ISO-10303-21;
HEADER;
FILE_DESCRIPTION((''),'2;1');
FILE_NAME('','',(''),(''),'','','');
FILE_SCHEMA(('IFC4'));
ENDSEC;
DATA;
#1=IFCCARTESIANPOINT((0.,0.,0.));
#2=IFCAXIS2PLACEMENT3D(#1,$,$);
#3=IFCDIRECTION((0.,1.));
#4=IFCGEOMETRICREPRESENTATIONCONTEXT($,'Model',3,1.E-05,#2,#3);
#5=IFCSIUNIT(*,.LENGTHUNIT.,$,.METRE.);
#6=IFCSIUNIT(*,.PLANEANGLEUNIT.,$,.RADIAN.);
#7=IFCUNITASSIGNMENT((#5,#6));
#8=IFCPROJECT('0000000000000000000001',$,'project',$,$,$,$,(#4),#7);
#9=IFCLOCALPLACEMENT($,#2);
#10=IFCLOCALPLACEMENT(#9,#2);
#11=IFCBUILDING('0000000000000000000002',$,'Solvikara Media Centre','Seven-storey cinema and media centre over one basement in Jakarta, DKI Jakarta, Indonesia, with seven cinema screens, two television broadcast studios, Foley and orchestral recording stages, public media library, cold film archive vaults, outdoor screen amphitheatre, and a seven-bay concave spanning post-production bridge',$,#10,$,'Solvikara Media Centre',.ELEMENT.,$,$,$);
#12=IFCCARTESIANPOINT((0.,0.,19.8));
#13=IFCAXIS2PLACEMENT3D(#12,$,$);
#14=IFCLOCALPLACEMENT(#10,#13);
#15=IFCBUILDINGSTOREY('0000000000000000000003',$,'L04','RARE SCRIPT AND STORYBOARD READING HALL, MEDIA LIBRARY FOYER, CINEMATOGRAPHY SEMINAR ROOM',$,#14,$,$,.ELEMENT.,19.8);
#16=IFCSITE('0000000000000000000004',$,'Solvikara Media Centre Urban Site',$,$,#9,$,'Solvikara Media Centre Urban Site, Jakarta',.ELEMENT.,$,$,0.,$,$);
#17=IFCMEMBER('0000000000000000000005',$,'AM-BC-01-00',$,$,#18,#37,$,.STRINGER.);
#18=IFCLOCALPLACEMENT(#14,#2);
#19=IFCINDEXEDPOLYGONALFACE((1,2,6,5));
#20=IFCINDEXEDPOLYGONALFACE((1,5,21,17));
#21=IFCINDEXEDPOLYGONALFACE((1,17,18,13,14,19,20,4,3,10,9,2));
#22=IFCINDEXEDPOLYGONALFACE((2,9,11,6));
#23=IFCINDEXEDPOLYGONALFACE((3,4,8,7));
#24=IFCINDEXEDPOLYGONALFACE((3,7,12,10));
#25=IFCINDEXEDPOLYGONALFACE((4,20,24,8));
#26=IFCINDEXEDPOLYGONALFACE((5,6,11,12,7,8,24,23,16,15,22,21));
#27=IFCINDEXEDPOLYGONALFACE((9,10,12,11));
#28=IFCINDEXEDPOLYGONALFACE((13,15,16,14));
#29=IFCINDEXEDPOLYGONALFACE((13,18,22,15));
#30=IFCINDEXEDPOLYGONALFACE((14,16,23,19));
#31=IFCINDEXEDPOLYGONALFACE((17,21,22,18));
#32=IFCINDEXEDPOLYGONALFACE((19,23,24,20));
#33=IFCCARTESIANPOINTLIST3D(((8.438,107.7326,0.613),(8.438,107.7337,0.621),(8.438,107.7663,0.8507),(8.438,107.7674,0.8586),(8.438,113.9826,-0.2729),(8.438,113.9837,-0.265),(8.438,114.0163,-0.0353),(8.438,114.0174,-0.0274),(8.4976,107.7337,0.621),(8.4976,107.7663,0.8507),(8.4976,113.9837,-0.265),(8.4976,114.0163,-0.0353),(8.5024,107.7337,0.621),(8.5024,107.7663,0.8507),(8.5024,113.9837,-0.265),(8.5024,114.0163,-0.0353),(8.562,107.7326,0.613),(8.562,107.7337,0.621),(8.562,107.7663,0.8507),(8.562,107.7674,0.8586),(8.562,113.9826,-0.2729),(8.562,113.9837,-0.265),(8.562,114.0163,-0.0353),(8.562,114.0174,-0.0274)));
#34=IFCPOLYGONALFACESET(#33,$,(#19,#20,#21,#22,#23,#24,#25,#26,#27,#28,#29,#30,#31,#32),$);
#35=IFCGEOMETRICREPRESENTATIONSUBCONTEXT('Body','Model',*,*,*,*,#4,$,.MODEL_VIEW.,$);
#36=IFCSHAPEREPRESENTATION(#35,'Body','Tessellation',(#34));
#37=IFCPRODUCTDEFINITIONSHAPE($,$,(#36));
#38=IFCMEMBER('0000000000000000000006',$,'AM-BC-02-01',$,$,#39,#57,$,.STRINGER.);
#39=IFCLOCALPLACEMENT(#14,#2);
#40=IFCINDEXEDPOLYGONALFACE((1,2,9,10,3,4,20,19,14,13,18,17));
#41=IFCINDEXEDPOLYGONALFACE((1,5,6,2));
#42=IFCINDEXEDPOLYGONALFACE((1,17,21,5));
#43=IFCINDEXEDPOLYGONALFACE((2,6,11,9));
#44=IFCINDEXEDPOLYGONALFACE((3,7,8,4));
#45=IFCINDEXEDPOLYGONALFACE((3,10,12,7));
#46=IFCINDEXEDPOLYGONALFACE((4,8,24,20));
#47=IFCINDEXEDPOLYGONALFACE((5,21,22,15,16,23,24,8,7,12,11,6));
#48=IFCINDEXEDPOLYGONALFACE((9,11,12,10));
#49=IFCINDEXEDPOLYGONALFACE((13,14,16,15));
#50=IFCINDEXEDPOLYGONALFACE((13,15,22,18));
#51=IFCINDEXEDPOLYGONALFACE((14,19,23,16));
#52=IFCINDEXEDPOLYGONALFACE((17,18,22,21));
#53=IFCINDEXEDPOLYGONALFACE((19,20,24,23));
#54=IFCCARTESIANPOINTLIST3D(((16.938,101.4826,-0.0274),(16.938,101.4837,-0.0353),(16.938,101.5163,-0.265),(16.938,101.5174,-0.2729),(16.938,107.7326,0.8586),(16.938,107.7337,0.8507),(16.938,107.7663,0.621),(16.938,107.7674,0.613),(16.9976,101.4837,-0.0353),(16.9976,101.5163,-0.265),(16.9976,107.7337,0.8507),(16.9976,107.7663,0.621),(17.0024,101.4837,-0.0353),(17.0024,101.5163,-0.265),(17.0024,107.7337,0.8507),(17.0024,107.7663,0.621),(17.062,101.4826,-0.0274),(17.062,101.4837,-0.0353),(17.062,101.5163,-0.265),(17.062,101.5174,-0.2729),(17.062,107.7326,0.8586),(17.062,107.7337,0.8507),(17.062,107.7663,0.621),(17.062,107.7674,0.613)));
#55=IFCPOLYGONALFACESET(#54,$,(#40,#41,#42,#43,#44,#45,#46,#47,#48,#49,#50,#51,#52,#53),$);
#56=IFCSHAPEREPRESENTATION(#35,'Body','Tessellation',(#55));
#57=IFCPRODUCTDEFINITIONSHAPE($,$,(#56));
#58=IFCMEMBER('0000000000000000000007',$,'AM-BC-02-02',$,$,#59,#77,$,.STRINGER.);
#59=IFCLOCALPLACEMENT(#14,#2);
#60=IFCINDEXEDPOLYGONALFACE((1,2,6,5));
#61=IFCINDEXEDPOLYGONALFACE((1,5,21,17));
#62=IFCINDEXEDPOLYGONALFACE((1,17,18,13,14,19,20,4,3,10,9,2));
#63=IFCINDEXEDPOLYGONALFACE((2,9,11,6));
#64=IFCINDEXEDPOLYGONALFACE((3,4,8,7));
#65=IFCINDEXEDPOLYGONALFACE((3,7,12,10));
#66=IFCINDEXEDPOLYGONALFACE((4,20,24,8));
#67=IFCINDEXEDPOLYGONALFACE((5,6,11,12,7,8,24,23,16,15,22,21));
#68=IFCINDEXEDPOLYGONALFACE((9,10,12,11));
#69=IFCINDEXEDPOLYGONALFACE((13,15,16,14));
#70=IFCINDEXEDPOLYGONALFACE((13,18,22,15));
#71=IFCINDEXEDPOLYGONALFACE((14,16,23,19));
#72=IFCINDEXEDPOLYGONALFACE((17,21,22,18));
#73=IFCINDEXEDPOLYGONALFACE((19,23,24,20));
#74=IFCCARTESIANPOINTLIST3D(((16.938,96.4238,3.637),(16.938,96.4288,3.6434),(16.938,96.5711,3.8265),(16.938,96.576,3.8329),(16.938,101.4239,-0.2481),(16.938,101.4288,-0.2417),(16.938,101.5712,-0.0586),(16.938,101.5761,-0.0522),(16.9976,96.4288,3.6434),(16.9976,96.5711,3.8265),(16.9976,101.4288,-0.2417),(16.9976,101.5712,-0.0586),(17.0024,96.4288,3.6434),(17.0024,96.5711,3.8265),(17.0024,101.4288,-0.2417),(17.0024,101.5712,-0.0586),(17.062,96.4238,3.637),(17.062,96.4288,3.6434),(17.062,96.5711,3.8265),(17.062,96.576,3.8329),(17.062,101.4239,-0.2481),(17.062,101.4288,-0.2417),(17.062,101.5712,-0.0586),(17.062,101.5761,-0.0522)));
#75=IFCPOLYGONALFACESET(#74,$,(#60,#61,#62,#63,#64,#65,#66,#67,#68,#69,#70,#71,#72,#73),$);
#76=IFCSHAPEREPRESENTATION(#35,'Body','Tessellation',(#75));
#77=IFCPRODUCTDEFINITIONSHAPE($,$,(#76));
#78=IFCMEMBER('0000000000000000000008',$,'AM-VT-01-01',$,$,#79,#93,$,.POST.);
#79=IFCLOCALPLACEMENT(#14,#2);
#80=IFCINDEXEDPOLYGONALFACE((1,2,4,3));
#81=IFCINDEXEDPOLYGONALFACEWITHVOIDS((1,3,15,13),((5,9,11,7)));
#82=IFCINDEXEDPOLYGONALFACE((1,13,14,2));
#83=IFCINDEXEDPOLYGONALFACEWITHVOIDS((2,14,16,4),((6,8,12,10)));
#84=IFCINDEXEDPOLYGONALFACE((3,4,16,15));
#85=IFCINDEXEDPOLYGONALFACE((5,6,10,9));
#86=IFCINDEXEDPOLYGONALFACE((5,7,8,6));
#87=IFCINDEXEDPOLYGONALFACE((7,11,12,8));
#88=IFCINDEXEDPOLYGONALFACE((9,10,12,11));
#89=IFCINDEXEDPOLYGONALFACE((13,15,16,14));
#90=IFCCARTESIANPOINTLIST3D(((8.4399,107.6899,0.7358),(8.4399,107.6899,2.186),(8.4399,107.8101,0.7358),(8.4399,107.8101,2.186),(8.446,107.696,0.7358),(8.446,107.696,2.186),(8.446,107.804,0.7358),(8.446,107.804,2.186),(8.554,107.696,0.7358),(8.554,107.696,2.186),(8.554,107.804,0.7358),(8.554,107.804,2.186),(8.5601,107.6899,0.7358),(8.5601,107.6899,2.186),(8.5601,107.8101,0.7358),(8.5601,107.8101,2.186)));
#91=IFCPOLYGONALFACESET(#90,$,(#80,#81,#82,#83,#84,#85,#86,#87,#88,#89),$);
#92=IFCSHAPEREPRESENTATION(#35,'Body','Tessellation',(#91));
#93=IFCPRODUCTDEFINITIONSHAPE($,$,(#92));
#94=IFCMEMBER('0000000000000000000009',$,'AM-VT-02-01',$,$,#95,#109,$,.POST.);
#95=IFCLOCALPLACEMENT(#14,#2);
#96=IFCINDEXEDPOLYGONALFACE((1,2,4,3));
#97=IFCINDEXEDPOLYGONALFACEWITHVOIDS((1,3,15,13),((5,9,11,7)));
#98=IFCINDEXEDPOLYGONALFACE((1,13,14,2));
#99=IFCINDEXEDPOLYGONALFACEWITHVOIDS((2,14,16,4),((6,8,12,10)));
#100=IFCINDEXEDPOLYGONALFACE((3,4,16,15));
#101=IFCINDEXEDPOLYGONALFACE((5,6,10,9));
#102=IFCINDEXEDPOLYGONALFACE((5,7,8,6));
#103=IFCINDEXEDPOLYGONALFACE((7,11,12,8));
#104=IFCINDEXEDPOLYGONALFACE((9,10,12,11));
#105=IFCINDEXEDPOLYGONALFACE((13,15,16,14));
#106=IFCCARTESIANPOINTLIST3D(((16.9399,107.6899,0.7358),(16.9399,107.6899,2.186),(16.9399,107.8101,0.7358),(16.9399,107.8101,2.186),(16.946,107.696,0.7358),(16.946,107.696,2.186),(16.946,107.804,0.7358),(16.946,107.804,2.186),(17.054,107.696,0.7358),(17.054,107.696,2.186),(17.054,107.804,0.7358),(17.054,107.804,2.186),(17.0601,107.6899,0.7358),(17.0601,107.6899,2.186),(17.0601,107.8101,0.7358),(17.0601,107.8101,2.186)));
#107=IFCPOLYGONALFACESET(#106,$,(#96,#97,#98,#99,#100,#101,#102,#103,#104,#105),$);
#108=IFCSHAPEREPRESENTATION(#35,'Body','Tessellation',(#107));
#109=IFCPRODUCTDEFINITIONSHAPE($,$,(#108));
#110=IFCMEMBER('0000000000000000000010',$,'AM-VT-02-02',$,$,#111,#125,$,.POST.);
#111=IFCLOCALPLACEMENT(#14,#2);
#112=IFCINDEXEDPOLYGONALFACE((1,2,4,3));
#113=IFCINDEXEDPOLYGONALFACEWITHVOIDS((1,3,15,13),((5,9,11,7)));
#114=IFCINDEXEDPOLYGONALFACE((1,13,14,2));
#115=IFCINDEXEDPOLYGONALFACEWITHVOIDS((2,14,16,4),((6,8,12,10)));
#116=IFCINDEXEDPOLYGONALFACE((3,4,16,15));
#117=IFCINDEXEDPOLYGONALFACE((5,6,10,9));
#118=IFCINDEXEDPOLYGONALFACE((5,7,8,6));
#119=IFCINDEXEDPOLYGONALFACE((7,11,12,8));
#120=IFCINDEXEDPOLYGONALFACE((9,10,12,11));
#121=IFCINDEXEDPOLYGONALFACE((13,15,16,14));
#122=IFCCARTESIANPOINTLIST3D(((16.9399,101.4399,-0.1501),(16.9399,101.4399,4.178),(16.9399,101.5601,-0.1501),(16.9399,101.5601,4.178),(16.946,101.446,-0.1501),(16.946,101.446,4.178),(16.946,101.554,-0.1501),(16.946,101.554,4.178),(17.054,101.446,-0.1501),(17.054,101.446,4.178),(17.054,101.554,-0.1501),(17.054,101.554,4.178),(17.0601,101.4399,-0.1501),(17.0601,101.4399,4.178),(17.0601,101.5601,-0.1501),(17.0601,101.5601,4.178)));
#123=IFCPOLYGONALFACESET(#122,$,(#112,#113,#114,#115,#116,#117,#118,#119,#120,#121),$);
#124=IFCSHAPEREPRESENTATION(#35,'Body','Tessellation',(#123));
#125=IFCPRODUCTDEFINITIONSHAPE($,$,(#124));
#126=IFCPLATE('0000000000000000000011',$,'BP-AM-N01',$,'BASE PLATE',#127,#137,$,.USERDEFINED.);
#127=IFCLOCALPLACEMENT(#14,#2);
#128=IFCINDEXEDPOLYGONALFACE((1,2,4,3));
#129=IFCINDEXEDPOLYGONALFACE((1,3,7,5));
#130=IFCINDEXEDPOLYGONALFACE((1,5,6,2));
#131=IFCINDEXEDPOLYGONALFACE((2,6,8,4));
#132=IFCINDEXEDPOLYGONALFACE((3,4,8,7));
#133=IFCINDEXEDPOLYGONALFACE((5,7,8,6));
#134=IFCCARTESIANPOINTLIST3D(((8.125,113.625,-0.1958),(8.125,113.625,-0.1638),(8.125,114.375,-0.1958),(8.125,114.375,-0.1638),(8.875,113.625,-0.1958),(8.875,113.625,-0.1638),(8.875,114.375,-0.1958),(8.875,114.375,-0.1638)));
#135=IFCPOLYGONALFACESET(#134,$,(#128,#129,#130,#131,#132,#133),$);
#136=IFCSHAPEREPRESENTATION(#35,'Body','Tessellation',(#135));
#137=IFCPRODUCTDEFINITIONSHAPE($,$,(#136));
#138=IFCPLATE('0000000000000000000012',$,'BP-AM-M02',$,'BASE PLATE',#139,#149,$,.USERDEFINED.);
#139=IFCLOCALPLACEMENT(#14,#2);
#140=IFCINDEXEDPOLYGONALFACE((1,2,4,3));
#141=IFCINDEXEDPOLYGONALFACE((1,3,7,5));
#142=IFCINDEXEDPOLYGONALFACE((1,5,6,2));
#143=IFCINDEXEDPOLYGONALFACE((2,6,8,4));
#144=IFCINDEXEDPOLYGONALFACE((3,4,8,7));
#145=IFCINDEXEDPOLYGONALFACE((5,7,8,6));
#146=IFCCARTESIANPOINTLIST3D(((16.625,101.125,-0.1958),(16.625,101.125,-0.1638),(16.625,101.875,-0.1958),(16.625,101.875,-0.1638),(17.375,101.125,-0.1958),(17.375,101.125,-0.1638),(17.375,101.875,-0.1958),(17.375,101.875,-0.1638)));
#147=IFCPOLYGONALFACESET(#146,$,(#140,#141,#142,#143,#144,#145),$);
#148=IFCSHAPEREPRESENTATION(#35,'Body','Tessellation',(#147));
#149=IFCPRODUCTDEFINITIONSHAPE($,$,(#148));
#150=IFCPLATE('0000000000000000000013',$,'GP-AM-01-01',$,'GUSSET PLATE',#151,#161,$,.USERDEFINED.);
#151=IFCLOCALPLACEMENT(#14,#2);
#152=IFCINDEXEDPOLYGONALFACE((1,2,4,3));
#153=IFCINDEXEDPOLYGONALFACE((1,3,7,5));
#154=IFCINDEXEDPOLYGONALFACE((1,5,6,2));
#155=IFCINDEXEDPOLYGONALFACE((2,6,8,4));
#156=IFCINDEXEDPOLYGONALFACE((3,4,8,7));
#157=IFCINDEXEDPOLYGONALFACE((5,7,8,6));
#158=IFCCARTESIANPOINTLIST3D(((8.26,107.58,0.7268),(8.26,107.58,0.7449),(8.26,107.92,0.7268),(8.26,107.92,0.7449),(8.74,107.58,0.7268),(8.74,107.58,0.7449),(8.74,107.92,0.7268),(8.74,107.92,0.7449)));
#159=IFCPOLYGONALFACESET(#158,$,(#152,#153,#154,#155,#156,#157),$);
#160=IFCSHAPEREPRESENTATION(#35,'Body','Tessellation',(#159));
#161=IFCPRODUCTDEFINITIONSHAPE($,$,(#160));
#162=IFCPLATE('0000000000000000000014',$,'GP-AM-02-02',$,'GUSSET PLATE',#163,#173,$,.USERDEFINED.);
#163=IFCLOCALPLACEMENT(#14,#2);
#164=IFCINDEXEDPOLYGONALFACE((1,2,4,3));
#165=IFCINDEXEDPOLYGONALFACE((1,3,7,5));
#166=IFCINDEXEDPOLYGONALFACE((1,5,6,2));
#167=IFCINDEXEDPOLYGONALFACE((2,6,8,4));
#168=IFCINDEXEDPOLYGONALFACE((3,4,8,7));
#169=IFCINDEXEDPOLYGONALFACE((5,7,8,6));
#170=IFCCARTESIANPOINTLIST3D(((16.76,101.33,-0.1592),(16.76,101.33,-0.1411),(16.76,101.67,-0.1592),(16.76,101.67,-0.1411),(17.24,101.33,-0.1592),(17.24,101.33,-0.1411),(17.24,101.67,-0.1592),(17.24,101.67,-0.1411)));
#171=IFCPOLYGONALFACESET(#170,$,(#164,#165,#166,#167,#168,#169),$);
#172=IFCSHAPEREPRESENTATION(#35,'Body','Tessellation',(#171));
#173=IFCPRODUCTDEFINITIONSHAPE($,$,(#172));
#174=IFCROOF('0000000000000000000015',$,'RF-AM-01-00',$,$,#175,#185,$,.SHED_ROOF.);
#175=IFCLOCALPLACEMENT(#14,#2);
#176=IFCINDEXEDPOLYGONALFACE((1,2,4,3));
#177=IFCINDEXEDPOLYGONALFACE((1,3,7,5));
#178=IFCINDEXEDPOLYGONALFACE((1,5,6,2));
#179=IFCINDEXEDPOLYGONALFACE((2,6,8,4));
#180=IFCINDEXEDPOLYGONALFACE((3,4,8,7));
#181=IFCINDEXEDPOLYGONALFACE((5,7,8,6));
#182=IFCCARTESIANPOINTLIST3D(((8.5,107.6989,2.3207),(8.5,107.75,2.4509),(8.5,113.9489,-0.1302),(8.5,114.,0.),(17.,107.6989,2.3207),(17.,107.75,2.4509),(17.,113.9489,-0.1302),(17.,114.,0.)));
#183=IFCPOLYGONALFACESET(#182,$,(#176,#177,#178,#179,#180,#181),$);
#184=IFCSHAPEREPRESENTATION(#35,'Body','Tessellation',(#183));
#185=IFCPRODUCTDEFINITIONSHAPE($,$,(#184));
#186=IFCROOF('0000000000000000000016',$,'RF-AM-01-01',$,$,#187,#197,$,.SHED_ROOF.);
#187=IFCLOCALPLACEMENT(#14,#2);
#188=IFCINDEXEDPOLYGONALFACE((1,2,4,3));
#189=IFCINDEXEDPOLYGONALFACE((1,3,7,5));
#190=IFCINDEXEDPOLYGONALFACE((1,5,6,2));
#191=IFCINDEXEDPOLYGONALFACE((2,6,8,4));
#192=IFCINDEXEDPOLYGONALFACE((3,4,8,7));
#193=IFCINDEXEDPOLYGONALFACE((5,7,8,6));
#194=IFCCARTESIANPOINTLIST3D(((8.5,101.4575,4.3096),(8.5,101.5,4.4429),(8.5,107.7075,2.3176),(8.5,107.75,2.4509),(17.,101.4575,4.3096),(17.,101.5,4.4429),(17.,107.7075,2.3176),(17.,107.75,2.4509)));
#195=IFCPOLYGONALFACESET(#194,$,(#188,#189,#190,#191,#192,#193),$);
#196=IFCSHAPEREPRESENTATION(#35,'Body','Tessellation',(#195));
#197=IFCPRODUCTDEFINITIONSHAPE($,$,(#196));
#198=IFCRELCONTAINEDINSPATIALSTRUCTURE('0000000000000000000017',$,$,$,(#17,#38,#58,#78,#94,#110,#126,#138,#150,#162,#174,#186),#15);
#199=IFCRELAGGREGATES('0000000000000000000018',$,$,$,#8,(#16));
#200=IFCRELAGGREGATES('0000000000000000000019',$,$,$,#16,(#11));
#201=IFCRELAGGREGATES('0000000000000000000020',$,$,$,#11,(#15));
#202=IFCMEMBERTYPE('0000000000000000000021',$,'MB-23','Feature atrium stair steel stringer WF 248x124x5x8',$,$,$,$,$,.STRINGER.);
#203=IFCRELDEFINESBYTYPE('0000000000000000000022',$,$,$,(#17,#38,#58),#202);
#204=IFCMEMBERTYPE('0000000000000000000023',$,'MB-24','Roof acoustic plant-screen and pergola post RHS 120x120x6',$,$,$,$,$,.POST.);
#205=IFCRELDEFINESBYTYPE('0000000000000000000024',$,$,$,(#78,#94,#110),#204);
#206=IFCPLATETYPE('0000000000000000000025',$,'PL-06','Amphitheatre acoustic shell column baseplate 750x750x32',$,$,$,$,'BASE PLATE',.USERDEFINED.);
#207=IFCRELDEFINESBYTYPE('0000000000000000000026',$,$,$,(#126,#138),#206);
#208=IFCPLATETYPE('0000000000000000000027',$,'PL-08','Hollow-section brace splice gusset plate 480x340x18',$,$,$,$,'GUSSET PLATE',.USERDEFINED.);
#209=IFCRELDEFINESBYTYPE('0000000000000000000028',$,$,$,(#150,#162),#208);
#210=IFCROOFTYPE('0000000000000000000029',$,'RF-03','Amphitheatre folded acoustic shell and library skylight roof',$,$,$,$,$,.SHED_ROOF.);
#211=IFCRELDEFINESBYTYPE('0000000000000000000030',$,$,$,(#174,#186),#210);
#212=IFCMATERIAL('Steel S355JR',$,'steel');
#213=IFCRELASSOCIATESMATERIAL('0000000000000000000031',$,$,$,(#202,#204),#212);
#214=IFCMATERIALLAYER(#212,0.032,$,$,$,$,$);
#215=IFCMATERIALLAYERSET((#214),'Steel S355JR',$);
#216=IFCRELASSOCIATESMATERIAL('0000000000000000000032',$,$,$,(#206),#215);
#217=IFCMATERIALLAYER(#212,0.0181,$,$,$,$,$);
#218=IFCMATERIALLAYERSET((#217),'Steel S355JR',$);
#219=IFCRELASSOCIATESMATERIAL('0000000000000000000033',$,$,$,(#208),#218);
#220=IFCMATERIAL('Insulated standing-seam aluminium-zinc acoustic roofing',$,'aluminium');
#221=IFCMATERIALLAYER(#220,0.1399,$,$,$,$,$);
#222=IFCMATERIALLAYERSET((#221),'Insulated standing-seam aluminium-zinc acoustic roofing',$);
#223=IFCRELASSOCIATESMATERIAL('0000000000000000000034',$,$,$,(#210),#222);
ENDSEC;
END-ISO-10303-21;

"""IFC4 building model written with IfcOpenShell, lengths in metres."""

from ifc_helpers import new_model, si_unit, direction, frame, origin, origin_2d, place, context, subcontext, project, spatial, polyline, rectangle, hollow_rectangle, i_section, outline, extrude, material, layer, layer_set, material_profile, profile_set, type_object, element, save


model = new_model("IFC4")

# Units and contexts
model_context = context("Model", 3, precision=1e-05, world=origin(), true_north=direction((0.0, 1.0)))
body_context = subcontext(model_context, "Body", "Model", "MODEL_VIEW")
ifc_project = project(units=[si_unit("LENGTHUNIT", "METRE"), si_unit("PLANEANGLEUNIT", "RADIAN")], contexts=[model_context])

# Site, building, storey
site_placement = place(None, origin())
site = spatial("IfcSite", under=ifc_project, at=site_placement, Name="Solvikara Media Centre Urban Site", LongName="Solvikara Media Centre Urban Site, Jakarta", CompositionType="ELEMENT", RefElevation=0.0)
building_placement = place(site_placement, origin())
building = spatial("IfcBuilding", under=site, at=building_placement, Name="Solvikara Media Centre", Description="Seven-storey cinema and media centre over one basement in Jakarta, DKI Jakarta, Indonesia, with seven cinema screens, two television broadcast studios, Foley and orchestral recording stages, public media library, cold film archive vaults, outdoor screen amphitheatre, and a seven-bay concave spanning post-production bridge", LongName="Solvikara Media Centre", CompositionType="ELEMENT")
storey_placement = place(building_placement, frame((0.0, 0.0, 19.8)))
storey = spatial("IfcBuildingStorey", under=building, at=storey_placement, Name="L04", Description="RARE SCRIPT AND STORYBOARD READING HALL, MEDIA LIBRARY FOYER, CINEMATOGRAPHY SEMINAR ROOM", CompositionType="ELEMENT", Elevation=19.8)

# Shared definitions
ifc_material_1 = material(Name="Steel S355JR", Category="steel")

# Members
ifc_material_profile_1 = material_profile(ifc_material_1, i_section(OverallWidth=0.124, OverallDepth=0.248, WebThickness=0.0049, FlangeThickness=0.0081, at=origin_2d()), Name="WF 248x124x5x8")
ifc_profile_set_1 = profile_set([ifc_material_profile_1], Name="Steel S355JR")
member_type_1 = type_object("IfcMemberType", Name="MB-23", Description="Feature atrium stair steel stringer WF 248x124x5x8", PredefinedType="STRINGER", material=ifc_profile_set_1)
for number, where, z_axis, x_axis, name in (
    (1, (8.5, 114.0, -0.1501), (0.0, -0.990101, 0.140355), (1.0, 0.0, 0.0), "AM-BC-01-00"),
    (2, (17.0, 107.75, 0.7358), (0.0, -0.990101, -0.140355), (1.0, 0.0, 0.0), "AM-BC-02-01"),
):
    element("IfcMember", number, at=place(storey_placement, frame(where, z_axis=z_axis, x_axis=x_axis)), inside=storey, type_object=member_type_1, Name=name, PredefinedType="STRINGER", context=body_context, shape_type="SweptSolid", body=[
        extrude(i_section(OverallWidth=0.124, OverallDepth=0.248, WebThickness=0.0049, FlangeThickness=0.0081, at=origin_2d()), origin(), (0.0, 0.0, 1.0), 6.3125),
    ])
member_1_placement = place(storey_placement, frame((17.0, 101.5, -0.1501), z_axis=(0.0, -0.789649, 0.613559), x_axis=(1.0, 0.0, 0.0)))
element("IfcMember", 3, at=member_1_placement, inside=storey, type_object=member_type_1, Name="AM-BC-02-02", PredefinedType="STRINGER", context=body_context, shape_type="SweptSolid", body=[
    extrude(i_section(OverallWidth=0.124, OverallDepth=0.248, WebThickness=0.0049, FlangeThickness=0.0081, at=origin_2d()), origin(), (0.0, 0.0, 1.0), 6.332),
])
ifc_material_profile_2 = material_profile(ifc_material_1, hollow_rectangle(XDim=0.1201, YDim=0.1201, WallThickness=0.0061, at=origin_2d()), Name="RHS 120x120x6")
ifc_profile_set_2 = profile_set([ifc_material_profile_2], Name="Steel S355JR")
member_type_2 = type_object("IfcMemberType", Name="MB-24", Description="Roof acoustic plant-screen and pergola post RHS 120x120x6", PredefinedType="POST", material=ifc_profile_set_2)
for number, where, z_axis, x_axis, name in (
    (4, (8.5, 107.75, 0.7358), (0.0, 0.0, 1.0), (1.0, 0.0, 0.0), "AM-VT-01-01"),
    (5, (17.0, 107.75, 0.7358), (0.0, 0.0, 1.0), (1.0, 0.0, 0.0), "AM-VT-02-01"),
):
    element("IfcMember", number, at=place(storey_placement, frame(where, z_axis=z_axis, x_axis=x_axis)), inside=storey, type_object=member_type_2, Name=name, PredefinedType="POST", context=body_context, shape_type="SweptSolid", body=[
        extrude(hollow_rectangle(XDim=0.1201, YDim=0.1201, WallThickness=0.0061, at=origin_2d()), origin(), (0.0, 0.0, 1.0), 1.4502),
    ])
member_2_placement = place(storey_placement, frame((17.0, 101.5, -0.1501), z_axis=(0.0, 0.0, 1.0), x_axis=(1.0, 0.0, 0.0)))
element("IfcMember", 6, at=member_2_placement, inside=storey, type_object=member_type_2, Name="AM-VT-02-02", PredefinedType="POST", context=body_context, shape_type="SweptSolid", body=[
    extrude(hollow_rectangle(XDim=0.1201, YDim=0.1201, WallThickness=0.0061, at=origin_2d()), origin(), (0.0, 0.0, 1.0), 4.3281),
])

# Plates
ifc_layer_1 = layer(ifc_material_1, 0.032)
ifc_layer_set_1 = layer_set([ifc_layer_1], Name="Steel S355JR")
plate_type_1 = type_object("IfcPlateType", Name="PL-06", Description="Amphitheatre acoustic shell column baseplate 750x750x32", ElementType="BASE PLATE", PredefinedType="USERDEFINED", material=ifc_layer_set_1)
for number, where, z_axis, x_axis, name in (
    (7, (8.5, 114.0, -0.1958), (0.0, 0.0, 1.0), (1.0, 0.0, 0.0), "BP-AM-N01"),
    (8, (17.0, 101.5, -0.1958), (0.0, 0.0, 1.0), (1.0, 0.0, 0.0), "BP-AM-M02"),
):
    element("IfcPlate", number, at=place(storey_placement, frame(where, z_axis=z_axis, x_axis=x_axis)), inside=storey, type_object=plate_type_1, Name=name, ObjectType="BASE PLATE", PredefinedType="USERDEFINED", context=body_context, shape_type="SweptSolid", body=[
        extrude(rectangle(XDim=0.75, YDim=0.75, at=origin_2d()), origin(), (0.0, 0.0, 1.0), 0.032),
    ])
ifc_layer_2 = layer(ifc_material_1, 0.0181)
ifc_layer_set_2 = layer_set([ifc_layer_2], Name="Steel S355JR")
plate_type_2 = type_object("IfcPlateType", Name="PL-08", Description="Hollow-section brace splice gusset plate 480x340x18", ElementType="GUSSET PLATE", PredefinedType="USERDEFINED", material=ifc_layer_set_2)
for number, where, z_axis, x_axis, name in (
    (9, (8.5, 107.75, 0.7268), (0.0, 0.0, 1.0), (1.0, 0.0, 0.0), "GP-AM-01-01"),
    (10, (17.0, 101.5, -0.1592), (0.0, 0.0, 1.0), (1.0, 0.0, 0.0), "GP-AM-02-02"),
):
    element("IfcPlate", number, at=place(storey_placement, frame(where, z_axis=z_axis, x_axis=x_axis)), inside=storey, type_object=plate_type_2, Name=name, ObjectType="GUSSET PLATE", PredefinedType="USERDEFINED", context=body_context, shape_type="SweptSolid", body=[
        extrude(rectangle(XDim=0.48, YDim=0.3401, at=origin_2d()), origin(), (0.0, 0.0, 1.0), 0.0181),
    ])

# Roofs
ifc_material_2 = material(Name="Insulated standing-seam aluminium-zinc acoustic roofing", Category="aluminium")
ifc_layer_3 = layer(ifc_material_2, 0.1399)
ifc_layer_set_3 = layer_set([ifc_layer_3], Name="Insulated standing-seam aluminium-zinc acoustic roofing")
roof_type = type_object("IfcRoofType", Name="RF-03", Description="Amphitheatre folded acoustic shell and library skylight roof", PredefinedType="SHED_ROOF", material=ifc_layer_set_3)
roof_1_placement = place(storey_placement, frame((8.5, 114.0, 0.0), z_axis=(0.0, 0.365081, 0.930976), x_axis=(1.0, 0.0, 0.0)))
element("IfcRoof", 11, at=roof_1_placement, inside=storey, type_object=roof_type, Name="RF-AM-01-00", PredefinedType="SHED_ROOF", context=body_context, shape_type="SweptSolid", body=[
    extrude(outline(polyline([(0.0, 0.0), (8.5, 0.0), (8.5, -6.7134), (0.0, -6.7134), (0.0, 0.0)])), origin(), (0.0, 0.0, -1.0), 0.1399),
])
roof_2_placement = place(storey_placement, frame((8.5, 107.75, 2.4509), z_axis=(0.0, 0.303661, 0.95278), x_axis=(1.0, 0.0, 0.0)))
element("IfcRoof", 12, at=roof_2_placement, inside=storey, type_object=roof_type, Name="RF-AM-01-01", PredefinedType="SHED_ROOF", context=body_context, shape_type="SweptSolid", body=[
    extrude(outline(polyline([(0.0, 0.0), (8.5, 0.0), (8.5, -6.5598), (0.0, -6.5598), (0.0, 0.0)])), origin(), (0.0, 0.0, -1.0), 0.1399),
])

save(model, "model.ifc")
